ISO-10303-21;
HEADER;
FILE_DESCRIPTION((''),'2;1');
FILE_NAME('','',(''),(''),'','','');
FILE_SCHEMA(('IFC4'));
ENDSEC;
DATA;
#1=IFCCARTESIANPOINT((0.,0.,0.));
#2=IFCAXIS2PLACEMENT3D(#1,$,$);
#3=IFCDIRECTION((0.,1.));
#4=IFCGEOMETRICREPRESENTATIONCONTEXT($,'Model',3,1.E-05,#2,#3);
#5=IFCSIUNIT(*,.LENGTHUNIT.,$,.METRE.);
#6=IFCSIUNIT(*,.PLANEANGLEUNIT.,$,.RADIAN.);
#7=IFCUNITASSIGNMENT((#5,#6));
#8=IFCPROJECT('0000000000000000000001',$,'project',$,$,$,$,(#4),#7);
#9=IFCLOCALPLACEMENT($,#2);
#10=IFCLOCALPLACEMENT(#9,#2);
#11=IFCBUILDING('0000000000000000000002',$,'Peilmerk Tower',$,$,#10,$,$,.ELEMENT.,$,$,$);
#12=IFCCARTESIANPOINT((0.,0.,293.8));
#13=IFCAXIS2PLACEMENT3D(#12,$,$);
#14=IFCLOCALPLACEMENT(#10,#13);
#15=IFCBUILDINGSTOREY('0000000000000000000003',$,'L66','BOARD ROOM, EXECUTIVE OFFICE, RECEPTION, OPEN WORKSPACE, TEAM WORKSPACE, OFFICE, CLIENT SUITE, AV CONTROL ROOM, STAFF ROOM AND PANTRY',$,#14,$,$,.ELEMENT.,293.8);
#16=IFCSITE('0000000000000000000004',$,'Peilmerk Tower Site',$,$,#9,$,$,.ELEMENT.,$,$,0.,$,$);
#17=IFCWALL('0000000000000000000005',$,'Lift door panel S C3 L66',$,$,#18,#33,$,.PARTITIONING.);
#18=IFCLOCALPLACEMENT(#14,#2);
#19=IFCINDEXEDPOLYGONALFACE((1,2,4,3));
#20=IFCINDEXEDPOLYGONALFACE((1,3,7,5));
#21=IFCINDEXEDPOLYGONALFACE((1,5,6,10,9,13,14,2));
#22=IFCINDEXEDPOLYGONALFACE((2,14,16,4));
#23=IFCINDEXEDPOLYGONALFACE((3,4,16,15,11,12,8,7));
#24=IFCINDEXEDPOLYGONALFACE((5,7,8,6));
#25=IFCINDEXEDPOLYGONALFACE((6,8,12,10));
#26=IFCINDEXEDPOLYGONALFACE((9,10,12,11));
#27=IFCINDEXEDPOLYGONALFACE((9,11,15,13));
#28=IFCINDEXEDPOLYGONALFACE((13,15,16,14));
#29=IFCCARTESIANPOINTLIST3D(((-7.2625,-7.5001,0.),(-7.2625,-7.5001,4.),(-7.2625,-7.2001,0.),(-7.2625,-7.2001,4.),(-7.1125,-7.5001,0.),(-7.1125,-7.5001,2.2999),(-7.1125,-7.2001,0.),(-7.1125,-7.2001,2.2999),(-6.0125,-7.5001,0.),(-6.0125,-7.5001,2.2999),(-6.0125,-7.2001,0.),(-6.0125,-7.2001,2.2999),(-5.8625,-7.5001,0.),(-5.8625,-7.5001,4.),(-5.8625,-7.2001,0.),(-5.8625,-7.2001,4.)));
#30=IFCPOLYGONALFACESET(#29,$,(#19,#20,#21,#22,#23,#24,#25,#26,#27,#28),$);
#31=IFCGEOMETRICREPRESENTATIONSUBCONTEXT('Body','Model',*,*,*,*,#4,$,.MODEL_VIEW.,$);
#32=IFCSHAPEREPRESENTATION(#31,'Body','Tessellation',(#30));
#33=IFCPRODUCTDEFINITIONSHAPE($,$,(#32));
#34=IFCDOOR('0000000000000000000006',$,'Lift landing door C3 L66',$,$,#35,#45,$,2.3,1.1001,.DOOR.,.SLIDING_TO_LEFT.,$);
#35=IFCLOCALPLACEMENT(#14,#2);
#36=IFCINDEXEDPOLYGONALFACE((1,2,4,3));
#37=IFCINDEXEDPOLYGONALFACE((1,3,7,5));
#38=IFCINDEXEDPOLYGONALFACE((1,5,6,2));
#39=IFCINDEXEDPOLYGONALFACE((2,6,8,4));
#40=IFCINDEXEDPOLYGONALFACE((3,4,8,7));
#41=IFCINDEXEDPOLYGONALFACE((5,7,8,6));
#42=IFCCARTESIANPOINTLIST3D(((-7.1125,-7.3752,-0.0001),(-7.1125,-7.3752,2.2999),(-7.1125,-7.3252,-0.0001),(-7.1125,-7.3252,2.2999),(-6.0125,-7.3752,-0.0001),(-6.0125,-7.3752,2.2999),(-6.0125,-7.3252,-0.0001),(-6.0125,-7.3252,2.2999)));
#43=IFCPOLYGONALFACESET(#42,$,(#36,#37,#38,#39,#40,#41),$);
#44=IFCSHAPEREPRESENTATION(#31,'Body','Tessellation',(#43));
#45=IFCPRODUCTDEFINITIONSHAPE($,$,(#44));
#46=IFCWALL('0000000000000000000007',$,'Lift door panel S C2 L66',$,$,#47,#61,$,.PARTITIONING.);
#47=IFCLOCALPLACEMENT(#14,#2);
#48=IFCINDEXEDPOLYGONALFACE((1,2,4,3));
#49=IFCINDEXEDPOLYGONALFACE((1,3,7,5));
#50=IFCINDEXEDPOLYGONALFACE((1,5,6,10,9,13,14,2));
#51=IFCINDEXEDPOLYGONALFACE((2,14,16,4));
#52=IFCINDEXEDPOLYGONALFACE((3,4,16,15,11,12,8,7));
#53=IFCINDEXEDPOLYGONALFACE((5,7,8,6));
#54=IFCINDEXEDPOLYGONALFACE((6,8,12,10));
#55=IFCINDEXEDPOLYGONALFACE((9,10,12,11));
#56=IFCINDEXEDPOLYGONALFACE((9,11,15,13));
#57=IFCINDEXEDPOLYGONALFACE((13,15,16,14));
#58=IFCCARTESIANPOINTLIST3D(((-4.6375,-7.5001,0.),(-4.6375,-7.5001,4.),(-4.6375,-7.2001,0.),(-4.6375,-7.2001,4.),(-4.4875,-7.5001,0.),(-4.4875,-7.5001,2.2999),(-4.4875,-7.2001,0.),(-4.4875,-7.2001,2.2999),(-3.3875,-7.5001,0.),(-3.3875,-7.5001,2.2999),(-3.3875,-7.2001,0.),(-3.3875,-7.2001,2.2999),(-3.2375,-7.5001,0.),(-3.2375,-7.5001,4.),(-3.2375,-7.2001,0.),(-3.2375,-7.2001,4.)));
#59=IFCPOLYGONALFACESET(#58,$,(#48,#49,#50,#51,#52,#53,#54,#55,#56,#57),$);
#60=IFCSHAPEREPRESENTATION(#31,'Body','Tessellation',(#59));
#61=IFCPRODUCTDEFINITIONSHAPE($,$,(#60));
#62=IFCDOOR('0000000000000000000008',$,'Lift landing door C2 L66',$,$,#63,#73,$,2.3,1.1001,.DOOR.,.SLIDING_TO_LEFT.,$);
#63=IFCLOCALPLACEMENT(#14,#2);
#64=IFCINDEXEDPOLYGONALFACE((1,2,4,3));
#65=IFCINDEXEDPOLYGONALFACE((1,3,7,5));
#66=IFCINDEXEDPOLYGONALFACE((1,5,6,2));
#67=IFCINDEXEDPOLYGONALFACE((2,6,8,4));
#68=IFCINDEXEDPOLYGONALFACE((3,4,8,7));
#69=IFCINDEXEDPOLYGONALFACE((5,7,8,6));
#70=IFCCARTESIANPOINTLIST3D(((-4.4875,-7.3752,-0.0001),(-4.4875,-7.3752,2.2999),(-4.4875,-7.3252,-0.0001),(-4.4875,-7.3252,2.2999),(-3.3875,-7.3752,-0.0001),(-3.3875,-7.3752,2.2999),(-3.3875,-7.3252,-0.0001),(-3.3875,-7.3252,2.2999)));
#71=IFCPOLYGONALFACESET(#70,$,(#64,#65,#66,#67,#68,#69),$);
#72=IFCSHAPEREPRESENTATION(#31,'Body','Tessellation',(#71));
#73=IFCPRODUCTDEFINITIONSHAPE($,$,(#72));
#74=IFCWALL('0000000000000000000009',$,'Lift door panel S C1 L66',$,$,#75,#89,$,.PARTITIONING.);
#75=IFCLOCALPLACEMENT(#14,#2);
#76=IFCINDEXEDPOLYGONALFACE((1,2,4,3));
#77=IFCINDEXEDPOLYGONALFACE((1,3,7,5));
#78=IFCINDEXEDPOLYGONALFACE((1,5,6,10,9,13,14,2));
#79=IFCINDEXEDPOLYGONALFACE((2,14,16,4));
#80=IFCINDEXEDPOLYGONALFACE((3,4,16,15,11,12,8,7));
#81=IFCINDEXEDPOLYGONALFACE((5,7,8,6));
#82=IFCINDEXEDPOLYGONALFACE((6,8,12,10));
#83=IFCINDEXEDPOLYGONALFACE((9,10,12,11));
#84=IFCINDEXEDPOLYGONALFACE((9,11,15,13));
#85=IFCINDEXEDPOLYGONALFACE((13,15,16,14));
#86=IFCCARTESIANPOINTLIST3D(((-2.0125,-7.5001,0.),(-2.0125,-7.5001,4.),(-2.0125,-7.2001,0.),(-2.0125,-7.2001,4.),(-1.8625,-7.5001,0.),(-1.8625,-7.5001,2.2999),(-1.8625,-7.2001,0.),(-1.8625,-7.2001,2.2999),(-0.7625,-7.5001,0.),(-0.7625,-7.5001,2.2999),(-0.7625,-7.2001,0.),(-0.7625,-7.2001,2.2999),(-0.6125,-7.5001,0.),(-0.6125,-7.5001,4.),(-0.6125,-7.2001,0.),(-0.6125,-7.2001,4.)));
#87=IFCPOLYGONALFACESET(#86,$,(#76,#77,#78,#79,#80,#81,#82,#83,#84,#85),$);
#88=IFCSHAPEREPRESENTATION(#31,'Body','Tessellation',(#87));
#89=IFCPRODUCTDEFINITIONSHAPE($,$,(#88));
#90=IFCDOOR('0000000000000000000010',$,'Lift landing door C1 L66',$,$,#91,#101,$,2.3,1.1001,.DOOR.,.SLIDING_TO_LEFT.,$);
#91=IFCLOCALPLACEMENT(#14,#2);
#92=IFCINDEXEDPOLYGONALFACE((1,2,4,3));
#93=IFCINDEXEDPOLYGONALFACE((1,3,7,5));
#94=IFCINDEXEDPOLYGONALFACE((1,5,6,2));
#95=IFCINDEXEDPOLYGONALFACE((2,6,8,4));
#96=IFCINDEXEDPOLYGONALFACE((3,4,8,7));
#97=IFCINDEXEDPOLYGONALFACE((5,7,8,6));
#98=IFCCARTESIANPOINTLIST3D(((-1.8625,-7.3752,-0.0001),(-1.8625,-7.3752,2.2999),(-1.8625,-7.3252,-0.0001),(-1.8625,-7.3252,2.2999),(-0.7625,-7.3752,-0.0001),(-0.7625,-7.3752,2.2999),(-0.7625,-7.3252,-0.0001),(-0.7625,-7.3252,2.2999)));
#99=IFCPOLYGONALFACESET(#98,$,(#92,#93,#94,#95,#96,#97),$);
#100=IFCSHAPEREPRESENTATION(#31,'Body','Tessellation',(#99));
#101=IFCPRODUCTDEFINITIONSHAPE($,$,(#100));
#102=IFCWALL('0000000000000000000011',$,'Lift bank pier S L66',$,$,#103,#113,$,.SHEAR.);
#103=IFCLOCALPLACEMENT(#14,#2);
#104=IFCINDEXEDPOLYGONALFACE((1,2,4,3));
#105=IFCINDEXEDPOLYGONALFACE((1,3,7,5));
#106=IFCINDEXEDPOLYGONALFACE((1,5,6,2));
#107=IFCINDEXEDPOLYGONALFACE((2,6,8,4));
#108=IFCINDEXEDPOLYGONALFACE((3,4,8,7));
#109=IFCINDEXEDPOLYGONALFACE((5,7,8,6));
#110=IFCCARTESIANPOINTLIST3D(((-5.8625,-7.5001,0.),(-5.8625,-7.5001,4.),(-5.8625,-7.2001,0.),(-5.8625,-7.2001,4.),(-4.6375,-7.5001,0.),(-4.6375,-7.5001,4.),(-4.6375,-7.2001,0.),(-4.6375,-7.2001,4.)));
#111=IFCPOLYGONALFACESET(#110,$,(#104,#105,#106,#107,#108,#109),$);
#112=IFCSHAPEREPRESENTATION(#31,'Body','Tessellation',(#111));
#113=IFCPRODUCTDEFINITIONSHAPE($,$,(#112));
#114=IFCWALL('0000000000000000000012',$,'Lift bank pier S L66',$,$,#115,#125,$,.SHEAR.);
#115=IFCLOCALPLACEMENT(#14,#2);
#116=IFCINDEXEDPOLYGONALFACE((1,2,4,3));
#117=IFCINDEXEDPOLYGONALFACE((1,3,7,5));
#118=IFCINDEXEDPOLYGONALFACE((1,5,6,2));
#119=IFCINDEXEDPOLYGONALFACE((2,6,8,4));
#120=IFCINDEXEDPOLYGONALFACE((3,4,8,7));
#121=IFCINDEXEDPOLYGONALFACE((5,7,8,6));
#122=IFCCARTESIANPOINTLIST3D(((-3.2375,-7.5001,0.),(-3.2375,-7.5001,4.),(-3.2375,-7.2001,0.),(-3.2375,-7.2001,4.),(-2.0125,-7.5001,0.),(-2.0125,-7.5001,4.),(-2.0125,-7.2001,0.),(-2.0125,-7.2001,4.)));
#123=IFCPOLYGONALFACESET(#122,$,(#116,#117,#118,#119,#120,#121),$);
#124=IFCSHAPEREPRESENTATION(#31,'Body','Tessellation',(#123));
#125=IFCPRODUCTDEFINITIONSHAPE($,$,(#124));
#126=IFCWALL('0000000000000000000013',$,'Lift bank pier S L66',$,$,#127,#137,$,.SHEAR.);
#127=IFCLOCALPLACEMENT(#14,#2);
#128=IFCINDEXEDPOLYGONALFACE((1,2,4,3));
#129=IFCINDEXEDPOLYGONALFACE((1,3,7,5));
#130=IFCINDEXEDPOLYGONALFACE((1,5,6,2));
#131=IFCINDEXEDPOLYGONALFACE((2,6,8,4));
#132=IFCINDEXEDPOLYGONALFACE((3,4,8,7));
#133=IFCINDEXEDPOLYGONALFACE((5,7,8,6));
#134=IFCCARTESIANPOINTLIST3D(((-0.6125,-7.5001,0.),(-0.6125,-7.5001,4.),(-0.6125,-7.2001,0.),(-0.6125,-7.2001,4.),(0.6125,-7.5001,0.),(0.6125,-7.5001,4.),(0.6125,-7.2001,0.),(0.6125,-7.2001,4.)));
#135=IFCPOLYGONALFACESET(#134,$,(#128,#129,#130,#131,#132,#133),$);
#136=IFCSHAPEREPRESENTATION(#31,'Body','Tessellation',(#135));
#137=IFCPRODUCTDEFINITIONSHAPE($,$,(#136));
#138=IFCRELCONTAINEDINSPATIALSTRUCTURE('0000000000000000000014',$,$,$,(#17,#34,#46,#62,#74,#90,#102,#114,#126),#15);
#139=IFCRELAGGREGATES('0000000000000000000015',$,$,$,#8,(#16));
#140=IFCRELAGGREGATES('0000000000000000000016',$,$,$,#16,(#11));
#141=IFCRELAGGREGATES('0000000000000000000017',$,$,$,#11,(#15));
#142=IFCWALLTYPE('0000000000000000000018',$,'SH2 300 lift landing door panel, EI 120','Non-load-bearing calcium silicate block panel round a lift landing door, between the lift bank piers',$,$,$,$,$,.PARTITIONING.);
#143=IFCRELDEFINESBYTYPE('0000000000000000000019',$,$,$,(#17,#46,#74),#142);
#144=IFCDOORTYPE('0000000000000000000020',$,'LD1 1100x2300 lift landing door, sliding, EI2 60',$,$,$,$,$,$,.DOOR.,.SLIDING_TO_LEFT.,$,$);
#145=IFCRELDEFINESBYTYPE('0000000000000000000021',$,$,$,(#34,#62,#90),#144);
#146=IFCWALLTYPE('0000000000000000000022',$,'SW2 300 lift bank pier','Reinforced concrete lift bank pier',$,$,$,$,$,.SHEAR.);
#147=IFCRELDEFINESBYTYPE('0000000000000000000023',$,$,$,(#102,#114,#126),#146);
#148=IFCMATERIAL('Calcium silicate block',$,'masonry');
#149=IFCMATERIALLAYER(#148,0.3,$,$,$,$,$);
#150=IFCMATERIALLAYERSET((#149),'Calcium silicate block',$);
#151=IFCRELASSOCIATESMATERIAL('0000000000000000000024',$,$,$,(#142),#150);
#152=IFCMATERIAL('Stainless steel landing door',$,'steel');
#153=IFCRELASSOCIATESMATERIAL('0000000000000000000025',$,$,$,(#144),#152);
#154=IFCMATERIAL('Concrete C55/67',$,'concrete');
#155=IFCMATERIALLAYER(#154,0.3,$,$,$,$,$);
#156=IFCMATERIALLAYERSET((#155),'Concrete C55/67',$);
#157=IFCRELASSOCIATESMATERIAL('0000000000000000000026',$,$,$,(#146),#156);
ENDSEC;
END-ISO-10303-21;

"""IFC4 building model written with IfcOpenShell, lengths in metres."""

from ifc_helpers import new_model, si_unit, direction, frame, frame_2d, origin, place, context, subcontext, project, spatial, rectangle, extrude, material, layer, layer_set, type_object, element, fill, save


model = new_model("IFC4")

# Units and contexts
model_context = context("Model", 3, precision=1e-05, world=origin(), true_north=direction((0.0, 1.0)))
body_context = subcontext(model_context, "Body", "Model", "MODEL_VIEW")
ifc_project = project(units=[si_unit("LENGTHUNIT", "METRE"), si_unit("PLANEANGLEUNIT", "RADIAN")], contexts=[model_context])

# Site, building, storey
site_placement = place(None, origin())
site = spatial("IfcSite", under=ifc_project, at=site_placement, Name="Peilmerk Tower Site", CompositionType="ELEMENT", RefElevation=0.0)
building_placement = place(site_placement, origin())
building = spatial("IfcBuilding", under=site, at=building_placement, Name="Peilmerk Tower", CompositionType="ELEMENT")
storey_placement = place(building_placement, frame((0.0, 0.0, 293.8)))
storey = spatial("IfcBuildingStorey", under=building, at=storey_placement, Name="L66", Description="BOARD ROOM, EXECUTIVE OFFICE, RECEPTION, OPEN WORKSPACE, TEAM WORKSPACE, OFFICE, CLIENT SUITE, AV CONTROL ROOM, STAFF ROOM AND PANTRY", CompositionType="ELEMENT", Elevation=293.8)

# Shared definitions
ifc_material_1 = material(Name="Calcium silicate block", Category="masonry")

# Walls, openings, doors
ifc_layer_1 = layer(ifc_material_1, 0.3)
ifc_layer_set_1 = layer_set([ifc_layer_1], Name="Calcium silicate block")
wall_type_1 = type_object("IfcWallType", Name="SH2 300 lift landing door panel, EI 120", Description="Non-load-bearing calcium silicate block panel round a lift landing door, between the lift bank piers", PredefinedType="PARTITIONING", material=ifc_layer_set_1)
wall_1_placement = place(storey_placement, frame((-7.2625, -7.3501, 0.0), z_axis=(0.0, 0.0, 1.0), x_axis=(1.0, 0.0, 0.0)))
wall_1 = element("IfcWall", 1, at=wall_1_placement, inside=storey, type_object=wall_type_1, Name="Lift door panel S C3 L66", PredefinedType="PARTITIONING", context=body_context, shape_type="SweptSolid", body=[
    extrude(rectangle(XDim=1.3999, YDim=0.3, at=frame_2d((0.7, 0.0))), origin(), (0.0, 0.0, 1.0), 4.0),
])
opening_1_placement = place(wall_1_placement, frame((0.1499, 0.0, 0.0)))
opening_1 = element("IfcOpeningElement", 2, at=opening_1_placement, cuts=wall_1, PredefinedType="OPENING", context=body_context, shape_type="SweptSolid", body=[
    extrude(rectangle(XDim=1.1001, YDim=2.3, at=frame_2d((0.55, 1.1499))), frame((0.0, 0.1599, 0.0), z_axis=(0.0, -1.0, 0.0), x_axis=(1.0, 0.0, 0.0)), (0.0, 0.0, 1.0), 0.3201),
])
ifc_material_2 = material(Name="Stainless steel landing door", Category="steel")
door_type = type_object("IfcDoorType", Name="LD1 1100x2300 lift landing door, sliding, EI2 60", OperationType="SLIDING_TO_LEFT", PredefinedType="DOOR", material=ifc_material_2)
door_1_placement = place(opening_1_placement, origin())
door_1 = element("IfcDoor", 3, at=door_1_placement, inside=storey, type_object=door_type, Name="Lift landing door C3 L66", OperationType="SLIDING_TO_LEFT", OverallHeight=2.3, OverallWidth=1.1001, PredefinedType="DOOR", context=body_context, shape_type="SweptSolid", body=[
    extrude(rectangle(XDim=1.1001, YDim=2.3, at=frame_2d((0.55, 1.1499))), frame((0.0, 0.0249, 0.0), z_axis=(0.0, -1.0, 0.0), x_axis=(1.0, 0.0, 0.0)), (0.0, 0.0, 1.0), 0.05),
])
fill(opening_1, door_1)
wall_2_placement = place(storey_placement, frame((-4.6375, -7.3501, 0.0), z_axis=(0.0, 0.0, 1.0), x_axis=(1.0, 0.0, 0.0)))
wall_2 = element("IfcWall", 4, at=wall_2_placement, inside=storey, type_object=wall_type_1, Name="Lift door panel S C2 L66", PredefinedType="PARTITIONING", context=body_context, shape_type="SweptSolid", body=[
    extrude(rectangle(XDim=1.3999, YDim=0.3, at=frame_2d((0.7, 0.0))), origin(), (0.0, 0.0, 1.0), 4.0),
])
opening_2_placement = place(wall_2_placement, frame((0.1499, 0.0, 0.0)))
opening_2 = element("IfcOpeningElement", 5, at=opening_2_placement, cuts=wall_2, PredefinedType="OPENING", context=body_context, shape_type="SweptSolid", body=[
    extrude(rectangle(XDim=1.1001, YDim=2.3, at=frame_2d((0.55, 1.1499))), frame((0.0, 0.1599, 0.0), z_axis=(0.0, -1.0, 0.0), x_axis=(1.0, 0.0, 0.0)), (0.0, 0.0, 1.0), 0.3201),
])
door_2_placement = place(opening_2_placement, origin())
door_2 = element("IfcDoor", 6, at=door_2_placement, inside=storey, type_object=door_type, Name="Lift landing door C2 L66", OperationType="SLIDING_TO_LEFT", OverallHeight=2.3, OverallWidth=1.1001, PredefinedType="DOOR", context=body_context, shape_type="SweptSolid", body=[
    extrude(rectangle(XDim=1.1001, YDim=2.3, at=frame_2d((0.55, 1.1499))), frame((0.0, 0.0249, 0.0), z_axis=(0.0, -1.0, 0.0), x_axis=(1.0, 0.0, 0.0)), (0.0, 0.0, 1.0), 0.05),
])
fill(opening_2, door_2)
wall_3_placement = place(storey_placement, frame((-2.0125, -7.3501, 0.0), z_axis=(0.0, 0.0, 1.0), x_axis=(1.0, 0.0, 0.0)))
wall_3 = element("IfcWall", 7, at=wall_3_placement, inside=storey, type_object=wall_type_1, Name="Lift door panel S C1 L66", PredefinedType="PARTITIONING", context=body_context, shape_type="SweptSolid", body=[
    extrude(rectangle(XDim=1.3999, YDim=0.3, at=frame_2d((0.7, 0.0))), origin(), (0.0, 0.0, 1.0), 4.0),
])
opening_3_placement = place(wall_3_placement, frame((0.1499, 0.0, 0.0)))
opening_3 = element("IfcOpeningElement", 8, at=opening_3_placement, cuts=wall_3, PredefinedType="OPENING", context=body_context, shape_type="SweptSolid", body=[
    extrude(rectangle(XDim=1.1001, YDim=2.3, at=frame_2d((0.55, 1.1499))), frame((0.0, 0.1599, 0.0), z_axis=(0.0, -1.0, 0.0), x_axis=(1.0, 0.0, 0.0)), (0.0, 0.0, 1.0), 0.3201),
])
door_3_placement = place(opening_3_placement, origin())
door_3 = element("IfcDoor", 9, at=door_3_placement, inside=storey, type_object=door_type, Name="Lift landing door C1 L66", OperationType="SLIDING_TO_LEFT", OverallHeight=2.3, OverallWidth=1.1001, PredefinedType="DOOR", context=body_context, shape_type="SweptSolid", body=[
    extrude(rectangle(XDim=1.1001, YDim=2.3, at=frame_2d((0.55, 1.1499))), frame((0.0, 0.0249, 0.0), z_axis=(0.0, -1.0, 0.0), x_axis=(1.0, 0.0, 0.0)), (0.0, 0.0, 1.0), 0.05),
])
fill(opening_3, door_3)

# Walls
ifc_material_3 = material(Name="Concrete C55/67", Category="concrete")
ifc_layer_2 = layer(ifc_material_3, 0.3)
ifc_layer_set_2 = layer_set([ifc_layer_2], Name="Concrete C55/67")
wall_type_2 = type_object("IfcWallType", Name="SW2 300 lift bank pier", Description="Reinforced concrete lift bank pier", PredefinedType="SHEAR", material=ifc_layer_set_2)
for number, where, z_axis, x_axis, name in (
    (10, (-5.8625, -7.3501, 0.0), (0.0, 0.0, 1.0), (1.0, 0.0, 0.0), "Lift bank pier S L66"),
    (11, (-3.2375, -7.3501, 0.0), (0.0, 0.0, 1.0), (1.0, 0.0, 0.0), "Lift bank pier S L66"),
    (12, (-0.6125, -7.3501, 0.0), (0.0, 0.0, 1.0), (1.0, 0.0, 0.0), "Lift bank pier S L66"),
):
    element("IfcWall", number, at=place(storey_placement, frame(where, z_axis=z_axis, x_axis=x_axis)), inside=storey, type_object=wall_type_2, Name=name, PredefinedType="SHEAR", context=body_context, shape_type="SweptSolid", body=[
        extrude(rectangle(XDim=1.2251, YDim=0.3, at=frame_2d((0.6125, 0.0))), origin(), (0.0, 0.0, 1.0), 4.0),
    ])

save(model, "model.ifc")
